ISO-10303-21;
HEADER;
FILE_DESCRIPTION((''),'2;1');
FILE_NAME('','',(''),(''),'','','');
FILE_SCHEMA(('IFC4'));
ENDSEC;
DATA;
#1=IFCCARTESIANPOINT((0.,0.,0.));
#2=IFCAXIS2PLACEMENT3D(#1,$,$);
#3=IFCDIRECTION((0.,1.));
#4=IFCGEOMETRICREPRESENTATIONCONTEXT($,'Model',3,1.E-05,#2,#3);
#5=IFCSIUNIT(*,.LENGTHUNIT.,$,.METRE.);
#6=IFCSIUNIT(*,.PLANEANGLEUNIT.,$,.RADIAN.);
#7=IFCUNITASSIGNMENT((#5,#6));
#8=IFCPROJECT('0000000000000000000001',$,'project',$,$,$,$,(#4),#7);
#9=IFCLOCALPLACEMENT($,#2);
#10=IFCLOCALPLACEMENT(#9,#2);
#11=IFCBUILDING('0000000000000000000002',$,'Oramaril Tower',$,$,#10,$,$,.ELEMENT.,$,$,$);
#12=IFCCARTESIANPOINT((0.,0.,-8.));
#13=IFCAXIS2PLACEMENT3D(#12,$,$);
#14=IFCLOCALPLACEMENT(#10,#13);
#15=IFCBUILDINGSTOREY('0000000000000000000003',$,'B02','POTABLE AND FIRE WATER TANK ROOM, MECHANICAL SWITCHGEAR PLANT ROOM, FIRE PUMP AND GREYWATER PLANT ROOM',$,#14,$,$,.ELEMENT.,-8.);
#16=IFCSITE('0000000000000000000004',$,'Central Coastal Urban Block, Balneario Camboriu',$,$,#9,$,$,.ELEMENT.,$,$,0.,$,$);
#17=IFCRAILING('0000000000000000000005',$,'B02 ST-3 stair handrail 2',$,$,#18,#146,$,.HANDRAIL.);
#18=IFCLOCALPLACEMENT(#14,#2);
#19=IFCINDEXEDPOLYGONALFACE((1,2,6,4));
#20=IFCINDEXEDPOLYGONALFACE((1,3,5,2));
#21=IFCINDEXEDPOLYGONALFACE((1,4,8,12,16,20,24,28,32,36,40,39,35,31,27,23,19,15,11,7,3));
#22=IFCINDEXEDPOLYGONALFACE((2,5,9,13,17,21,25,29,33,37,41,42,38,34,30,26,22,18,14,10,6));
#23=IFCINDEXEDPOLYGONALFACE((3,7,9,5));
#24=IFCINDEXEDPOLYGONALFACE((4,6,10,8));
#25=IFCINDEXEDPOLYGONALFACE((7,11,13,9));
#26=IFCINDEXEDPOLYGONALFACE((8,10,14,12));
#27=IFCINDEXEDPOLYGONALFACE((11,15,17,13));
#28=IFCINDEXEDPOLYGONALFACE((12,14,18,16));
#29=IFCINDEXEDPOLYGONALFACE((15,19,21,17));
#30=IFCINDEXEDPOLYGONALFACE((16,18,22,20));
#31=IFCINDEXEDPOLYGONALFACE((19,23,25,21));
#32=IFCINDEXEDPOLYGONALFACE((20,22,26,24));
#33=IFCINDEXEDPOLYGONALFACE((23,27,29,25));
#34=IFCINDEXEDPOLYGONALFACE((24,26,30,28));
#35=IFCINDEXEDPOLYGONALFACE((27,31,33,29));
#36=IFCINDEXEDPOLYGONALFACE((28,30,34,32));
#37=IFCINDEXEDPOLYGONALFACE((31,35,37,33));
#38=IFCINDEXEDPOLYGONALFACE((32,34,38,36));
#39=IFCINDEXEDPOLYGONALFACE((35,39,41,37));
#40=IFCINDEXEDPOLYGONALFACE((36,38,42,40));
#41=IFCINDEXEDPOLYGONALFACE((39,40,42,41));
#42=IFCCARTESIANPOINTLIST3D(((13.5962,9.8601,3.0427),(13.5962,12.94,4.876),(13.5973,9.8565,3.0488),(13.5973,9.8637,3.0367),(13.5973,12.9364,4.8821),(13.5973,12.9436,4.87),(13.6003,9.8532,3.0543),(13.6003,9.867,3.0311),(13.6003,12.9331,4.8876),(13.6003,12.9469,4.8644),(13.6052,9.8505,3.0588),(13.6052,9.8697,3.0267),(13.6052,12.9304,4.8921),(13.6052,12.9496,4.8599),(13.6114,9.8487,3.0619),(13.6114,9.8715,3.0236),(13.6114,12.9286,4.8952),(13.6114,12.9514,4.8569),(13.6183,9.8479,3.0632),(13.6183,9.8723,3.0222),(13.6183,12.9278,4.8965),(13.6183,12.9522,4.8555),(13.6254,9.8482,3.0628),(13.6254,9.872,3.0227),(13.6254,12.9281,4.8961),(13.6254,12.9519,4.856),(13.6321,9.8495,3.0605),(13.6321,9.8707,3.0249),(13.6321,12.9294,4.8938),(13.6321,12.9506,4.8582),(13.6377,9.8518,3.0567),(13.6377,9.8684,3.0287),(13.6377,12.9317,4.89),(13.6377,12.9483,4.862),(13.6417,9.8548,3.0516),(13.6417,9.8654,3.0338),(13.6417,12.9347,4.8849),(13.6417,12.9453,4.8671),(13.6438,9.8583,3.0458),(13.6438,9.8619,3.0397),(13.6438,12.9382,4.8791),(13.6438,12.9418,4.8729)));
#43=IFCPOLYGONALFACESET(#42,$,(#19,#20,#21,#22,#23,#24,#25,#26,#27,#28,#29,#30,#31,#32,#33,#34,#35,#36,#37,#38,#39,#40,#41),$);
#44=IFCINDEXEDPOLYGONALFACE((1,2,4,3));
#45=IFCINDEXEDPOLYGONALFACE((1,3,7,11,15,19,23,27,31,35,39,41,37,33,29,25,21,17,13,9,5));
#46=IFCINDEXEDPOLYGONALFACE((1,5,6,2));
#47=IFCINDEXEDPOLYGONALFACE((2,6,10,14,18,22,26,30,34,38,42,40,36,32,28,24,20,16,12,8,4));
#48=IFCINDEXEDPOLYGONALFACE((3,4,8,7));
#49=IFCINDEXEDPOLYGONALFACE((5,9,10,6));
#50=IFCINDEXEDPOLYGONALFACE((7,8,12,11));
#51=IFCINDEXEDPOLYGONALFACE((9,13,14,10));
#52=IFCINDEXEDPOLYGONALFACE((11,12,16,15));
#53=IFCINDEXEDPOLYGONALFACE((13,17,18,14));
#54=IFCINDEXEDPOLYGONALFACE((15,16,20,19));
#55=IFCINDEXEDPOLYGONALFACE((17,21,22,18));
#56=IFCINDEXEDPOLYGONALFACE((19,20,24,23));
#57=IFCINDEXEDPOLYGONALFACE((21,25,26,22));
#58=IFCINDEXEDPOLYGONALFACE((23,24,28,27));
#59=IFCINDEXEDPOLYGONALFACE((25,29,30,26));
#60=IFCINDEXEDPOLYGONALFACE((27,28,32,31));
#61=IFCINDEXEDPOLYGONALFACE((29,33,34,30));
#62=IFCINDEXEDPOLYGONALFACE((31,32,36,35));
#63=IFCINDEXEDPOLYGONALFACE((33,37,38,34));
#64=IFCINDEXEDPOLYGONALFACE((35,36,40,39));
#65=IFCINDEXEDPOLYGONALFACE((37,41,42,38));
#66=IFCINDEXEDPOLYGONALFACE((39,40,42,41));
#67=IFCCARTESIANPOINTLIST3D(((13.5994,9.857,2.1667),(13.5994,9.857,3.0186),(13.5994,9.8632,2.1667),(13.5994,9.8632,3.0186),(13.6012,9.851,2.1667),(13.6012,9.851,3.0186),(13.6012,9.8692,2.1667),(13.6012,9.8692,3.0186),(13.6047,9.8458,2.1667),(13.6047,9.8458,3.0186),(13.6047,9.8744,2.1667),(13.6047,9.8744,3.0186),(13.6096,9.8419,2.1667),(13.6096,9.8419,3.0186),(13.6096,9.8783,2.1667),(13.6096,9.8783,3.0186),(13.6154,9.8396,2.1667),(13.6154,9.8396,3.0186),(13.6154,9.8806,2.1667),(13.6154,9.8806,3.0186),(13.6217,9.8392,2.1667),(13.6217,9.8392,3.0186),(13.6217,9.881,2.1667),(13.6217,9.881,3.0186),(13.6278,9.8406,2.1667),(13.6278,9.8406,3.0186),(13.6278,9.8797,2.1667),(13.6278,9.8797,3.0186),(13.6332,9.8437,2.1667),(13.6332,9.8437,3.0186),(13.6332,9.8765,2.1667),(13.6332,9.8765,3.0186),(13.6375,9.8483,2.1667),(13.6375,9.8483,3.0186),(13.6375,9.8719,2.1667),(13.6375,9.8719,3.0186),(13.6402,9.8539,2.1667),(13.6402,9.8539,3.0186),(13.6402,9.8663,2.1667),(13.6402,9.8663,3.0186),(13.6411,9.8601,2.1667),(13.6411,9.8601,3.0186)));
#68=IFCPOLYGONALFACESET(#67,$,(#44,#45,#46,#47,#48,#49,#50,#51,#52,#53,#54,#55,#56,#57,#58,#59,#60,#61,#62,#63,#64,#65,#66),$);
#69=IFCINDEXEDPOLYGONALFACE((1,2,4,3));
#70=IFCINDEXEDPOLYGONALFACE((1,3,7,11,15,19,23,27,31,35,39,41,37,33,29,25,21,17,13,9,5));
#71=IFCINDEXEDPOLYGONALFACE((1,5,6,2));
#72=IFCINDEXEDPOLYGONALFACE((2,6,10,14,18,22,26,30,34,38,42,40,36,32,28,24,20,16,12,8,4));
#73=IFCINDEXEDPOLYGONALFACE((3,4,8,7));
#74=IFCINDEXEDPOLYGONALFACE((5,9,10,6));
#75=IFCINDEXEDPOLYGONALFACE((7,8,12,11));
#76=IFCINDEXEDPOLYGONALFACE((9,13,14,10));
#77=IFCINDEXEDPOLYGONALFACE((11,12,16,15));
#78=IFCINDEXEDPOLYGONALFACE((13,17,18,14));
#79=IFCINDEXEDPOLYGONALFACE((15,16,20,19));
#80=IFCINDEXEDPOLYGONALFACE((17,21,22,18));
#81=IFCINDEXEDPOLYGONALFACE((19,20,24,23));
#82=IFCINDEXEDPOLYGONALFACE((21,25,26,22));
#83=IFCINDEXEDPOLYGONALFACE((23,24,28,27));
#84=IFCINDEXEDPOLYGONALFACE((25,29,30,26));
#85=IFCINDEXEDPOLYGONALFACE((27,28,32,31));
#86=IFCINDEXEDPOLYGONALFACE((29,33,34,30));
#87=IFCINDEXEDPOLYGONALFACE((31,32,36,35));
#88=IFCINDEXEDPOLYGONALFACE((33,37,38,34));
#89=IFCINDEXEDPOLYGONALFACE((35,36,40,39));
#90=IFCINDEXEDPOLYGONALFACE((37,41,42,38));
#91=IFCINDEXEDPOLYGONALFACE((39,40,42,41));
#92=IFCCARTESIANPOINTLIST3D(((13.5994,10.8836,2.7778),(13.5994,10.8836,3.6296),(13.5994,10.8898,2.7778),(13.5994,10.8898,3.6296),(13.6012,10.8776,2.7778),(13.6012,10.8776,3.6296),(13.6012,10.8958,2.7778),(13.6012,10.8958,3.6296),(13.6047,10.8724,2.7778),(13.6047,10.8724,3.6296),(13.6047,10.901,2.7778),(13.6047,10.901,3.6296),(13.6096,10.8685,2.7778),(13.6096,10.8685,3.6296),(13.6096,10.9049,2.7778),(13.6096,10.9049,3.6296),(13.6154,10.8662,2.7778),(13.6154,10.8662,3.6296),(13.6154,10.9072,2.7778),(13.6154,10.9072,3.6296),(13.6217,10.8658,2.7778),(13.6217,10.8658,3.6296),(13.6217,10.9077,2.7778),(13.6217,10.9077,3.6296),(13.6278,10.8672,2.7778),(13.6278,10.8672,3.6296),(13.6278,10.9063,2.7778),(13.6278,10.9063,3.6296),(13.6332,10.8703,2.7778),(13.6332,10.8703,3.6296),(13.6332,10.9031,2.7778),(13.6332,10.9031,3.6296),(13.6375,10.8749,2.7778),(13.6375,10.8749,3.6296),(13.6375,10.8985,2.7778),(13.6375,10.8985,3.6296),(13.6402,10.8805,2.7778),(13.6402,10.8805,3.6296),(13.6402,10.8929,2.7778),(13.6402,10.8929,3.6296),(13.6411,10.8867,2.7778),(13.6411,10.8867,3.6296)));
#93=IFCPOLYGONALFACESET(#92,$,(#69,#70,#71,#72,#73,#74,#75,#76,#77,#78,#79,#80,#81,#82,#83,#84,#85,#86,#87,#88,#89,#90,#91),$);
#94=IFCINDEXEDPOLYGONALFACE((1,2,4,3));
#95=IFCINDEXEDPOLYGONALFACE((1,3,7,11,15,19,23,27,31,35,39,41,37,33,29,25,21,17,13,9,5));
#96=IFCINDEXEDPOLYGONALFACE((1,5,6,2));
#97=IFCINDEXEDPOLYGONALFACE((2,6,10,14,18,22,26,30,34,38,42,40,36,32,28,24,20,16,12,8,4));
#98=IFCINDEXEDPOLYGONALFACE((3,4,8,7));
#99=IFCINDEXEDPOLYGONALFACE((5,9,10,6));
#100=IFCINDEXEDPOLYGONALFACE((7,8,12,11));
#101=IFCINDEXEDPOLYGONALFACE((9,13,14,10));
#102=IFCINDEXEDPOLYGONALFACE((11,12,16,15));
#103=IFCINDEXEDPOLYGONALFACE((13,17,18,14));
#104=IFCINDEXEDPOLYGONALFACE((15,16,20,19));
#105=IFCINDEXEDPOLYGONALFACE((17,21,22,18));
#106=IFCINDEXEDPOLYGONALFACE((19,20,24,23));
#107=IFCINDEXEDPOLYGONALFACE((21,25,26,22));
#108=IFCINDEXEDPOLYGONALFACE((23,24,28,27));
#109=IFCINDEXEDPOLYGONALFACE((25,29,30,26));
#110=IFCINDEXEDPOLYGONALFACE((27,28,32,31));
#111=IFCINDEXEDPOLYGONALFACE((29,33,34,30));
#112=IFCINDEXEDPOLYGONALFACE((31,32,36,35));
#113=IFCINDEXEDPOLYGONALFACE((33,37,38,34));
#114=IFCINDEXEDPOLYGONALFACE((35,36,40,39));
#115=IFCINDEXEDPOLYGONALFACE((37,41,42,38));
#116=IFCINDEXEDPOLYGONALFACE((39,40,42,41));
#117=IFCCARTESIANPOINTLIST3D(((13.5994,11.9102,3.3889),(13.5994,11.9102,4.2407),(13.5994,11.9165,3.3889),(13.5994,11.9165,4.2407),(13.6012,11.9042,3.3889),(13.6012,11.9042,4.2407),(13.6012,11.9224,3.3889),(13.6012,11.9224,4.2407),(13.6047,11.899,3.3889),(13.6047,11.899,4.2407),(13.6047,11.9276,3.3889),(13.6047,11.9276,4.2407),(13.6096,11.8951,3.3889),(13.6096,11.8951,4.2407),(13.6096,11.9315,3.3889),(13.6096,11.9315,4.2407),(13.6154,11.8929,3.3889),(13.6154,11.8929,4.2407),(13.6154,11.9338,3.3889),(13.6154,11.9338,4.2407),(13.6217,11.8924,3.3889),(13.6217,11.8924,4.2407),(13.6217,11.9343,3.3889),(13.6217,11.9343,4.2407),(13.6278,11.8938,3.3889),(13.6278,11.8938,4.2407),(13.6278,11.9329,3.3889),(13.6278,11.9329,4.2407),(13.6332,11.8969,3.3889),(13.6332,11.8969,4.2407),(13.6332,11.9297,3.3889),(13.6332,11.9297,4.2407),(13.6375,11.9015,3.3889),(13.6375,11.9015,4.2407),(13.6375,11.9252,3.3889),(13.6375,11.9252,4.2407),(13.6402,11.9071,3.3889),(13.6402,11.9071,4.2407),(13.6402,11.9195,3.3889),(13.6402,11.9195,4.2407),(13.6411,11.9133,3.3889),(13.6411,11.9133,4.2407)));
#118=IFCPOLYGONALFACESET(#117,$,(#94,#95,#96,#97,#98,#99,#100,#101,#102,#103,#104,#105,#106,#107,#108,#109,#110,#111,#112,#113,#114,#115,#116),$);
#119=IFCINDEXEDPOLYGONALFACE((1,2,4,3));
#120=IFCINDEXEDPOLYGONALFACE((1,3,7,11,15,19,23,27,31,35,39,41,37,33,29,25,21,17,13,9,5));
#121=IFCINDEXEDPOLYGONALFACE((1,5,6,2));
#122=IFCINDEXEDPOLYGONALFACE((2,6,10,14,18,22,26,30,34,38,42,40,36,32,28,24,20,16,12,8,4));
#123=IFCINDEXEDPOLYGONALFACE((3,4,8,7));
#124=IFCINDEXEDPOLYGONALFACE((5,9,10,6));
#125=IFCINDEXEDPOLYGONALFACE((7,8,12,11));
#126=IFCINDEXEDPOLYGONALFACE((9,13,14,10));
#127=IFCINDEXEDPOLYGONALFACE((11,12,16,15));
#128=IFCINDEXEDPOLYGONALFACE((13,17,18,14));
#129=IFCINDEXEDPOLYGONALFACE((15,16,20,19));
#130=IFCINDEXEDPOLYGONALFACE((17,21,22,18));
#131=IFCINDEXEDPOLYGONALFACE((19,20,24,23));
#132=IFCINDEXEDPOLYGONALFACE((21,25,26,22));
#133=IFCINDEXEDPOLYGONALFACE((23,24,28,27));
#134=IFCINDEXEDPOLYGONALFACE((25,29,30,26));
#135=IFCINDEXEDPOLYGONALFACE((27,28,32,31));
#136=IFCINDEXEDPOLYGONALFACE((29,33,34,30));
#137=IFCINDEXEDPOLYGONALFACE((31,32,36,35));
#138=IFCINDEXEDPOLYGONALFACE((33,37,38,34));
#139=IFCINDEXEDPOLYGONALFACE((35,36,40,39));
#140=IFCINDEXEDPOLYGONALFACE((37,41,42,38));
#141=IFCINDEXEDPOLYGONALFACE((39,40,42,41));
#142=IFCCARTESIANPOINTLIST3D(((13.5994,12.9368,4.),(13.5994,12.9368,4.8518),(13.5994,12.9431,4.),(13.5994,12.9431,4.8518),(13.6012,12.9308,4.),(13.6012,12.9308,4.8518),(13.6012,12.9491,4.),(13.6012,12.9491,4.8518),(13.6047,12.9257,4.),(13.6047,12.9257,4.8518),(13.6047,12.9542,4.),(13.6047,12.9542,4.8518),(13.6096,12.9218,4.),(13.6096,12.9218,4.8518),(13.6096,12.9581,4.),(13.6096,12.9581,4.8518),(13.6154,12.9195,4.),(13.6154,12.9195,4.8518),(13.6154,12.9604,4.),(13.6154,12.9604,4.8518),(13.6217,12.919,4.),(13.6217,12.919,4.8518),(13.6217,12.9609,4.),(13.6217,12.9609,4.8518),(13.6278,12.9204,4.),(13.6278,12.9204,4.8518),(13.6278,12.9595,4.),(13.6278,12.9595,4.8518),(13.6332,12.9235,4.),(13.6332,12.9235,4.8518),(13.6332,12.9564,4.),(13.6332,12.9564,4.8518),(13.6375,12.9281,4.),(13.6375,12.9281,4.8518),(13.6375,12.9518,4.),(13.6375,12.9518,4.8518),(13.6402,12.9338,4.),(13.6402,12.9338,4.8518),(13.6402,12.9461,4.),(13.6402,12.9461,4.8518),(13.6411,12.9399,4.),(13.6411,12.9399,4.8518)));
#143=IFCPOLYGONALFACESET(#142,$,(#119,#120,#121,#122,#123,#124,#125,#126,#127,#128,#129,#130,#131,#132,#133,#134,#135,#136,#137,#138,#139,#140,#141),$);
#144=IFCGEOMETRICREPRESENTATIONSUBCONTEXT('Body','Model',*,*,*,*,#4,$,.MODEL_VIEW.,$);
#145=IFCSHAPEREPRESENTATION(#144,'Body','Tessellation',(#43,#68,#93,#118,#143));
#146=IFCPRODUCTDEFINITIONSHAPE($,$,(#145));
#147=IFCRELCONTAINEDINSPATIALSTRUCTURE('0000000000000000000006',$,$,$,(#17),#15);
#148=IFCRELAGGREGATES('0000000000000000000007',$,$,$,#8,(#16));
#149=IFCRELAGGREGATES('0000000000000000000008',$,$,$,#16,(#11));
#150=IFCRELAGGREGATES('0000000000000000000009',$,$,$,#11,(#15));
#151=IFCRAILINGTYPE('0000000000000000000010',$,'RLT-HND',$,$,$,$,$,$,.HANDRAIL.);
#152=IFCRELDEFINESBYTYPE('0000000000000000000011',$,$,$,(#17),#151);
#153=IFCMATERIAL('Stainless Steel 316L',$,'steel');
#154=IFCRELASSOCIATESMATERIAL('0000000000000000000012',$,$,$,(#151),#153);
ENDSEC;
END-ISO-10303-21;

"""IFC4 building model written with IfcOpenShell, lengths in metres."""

from ifc_helpers import new_model, si_unit, direction, frame, origin, origin_2d, place, context, subcontext, project, spatial, circle, extrude, material, type_object, element, save


model = new_model("IFC4")

# Units and contexts
model_context = context("Model", 3, precision=1e-05, world=origin(), true_north=direction((0.0, 1.0)))
body_context = subcontext(model_context, "Body", "Model", "MODEL_VIEW")
ifc_project = project(units=[si_unit("LENGTHUNIT", "METRE"), si_unit("PLANEANGLEUNIT", "RADIAN")], contexts=[model_context])

# Site, building, storey
site_placement = place(None, origin())
site = spatial("IfcSite", under=ifc_project, at=site_placement, Name="Central Coastal Urban Block, Balneario Camboriu", CompositionType="ELEMENT", RefElevation=0.0)
building_placement = place(site_placement, origin())
building = spatial("IfcBuilding", under=site, at=building_placement, Name="Oramaril Tower", CompositionType="ELEMENT")
storey_placement = place(building_placement, frame((0.0, 0.0, -8.0)))
storey = spatial("IfcBuildingStorey", under=building, at=storey_placement, Name="B02", Description="POTABLE AND FIRE WATER TANK ROOM, MECHANICAL SWITCHGEAR PLANT ROOM, FIRE PUMP AND GREYWATER PLANT ROOM", CompositionType="ELEMENT", Elevation=-8.0)

# Railing
ifc_material_1 = material(Name="Stainless Steel 316L", Category="steel")
railing_type_1 = type_object("IfcRailingType", Name="RLT-HND", PredefinedType="HANDRAIL", material=ifc_material_1)
railing_1_placement = place(storey_placement, frame((13.6201, 9.8601, 2.1667)))
element("IfcRailing", 1, at=railing_1_placement, inside=storey, type_object=railing_type_1, Name="B02 ST-3 stair handrail 2", PredefinedType="HANDRAIL", context=body_context, shape_type="SweptSolid", body=[
    extrude(circle(Radius=0.0239, at=origin_2d()), frame((0.0, 0.0, 0.876), z_axis=(0.0, 0.859291, 0.511487), x_axis=(-1.0, 0.0, 0.0)), (0.0, 0.0, 1.0), 3.5842),
    extrude(circle(Radius=0.021, at=origin_2d()), origin(), (0.0, 0.0, 1.0), 0.8518),
    extrude(circle(Radius=0.021, at=origin_2d()), frame((0.0, 1.0266, 0.6111)), (0.0, 0.0, 1.0), 0.8518),
    extrude(circle(Radius=0.021, at=origin_2d()), frame((0.0, 2.0532, 1.2222)), (0.0, 0.0, 1.0), 0.8518),
    extrude(circle(Radius=0.021, at=origin_2d()), frame((0.0, 3.0798, 1.8333)), (0.0, 0.0, 1.0), 0.8518),
])

save(model, "model.ifc")
